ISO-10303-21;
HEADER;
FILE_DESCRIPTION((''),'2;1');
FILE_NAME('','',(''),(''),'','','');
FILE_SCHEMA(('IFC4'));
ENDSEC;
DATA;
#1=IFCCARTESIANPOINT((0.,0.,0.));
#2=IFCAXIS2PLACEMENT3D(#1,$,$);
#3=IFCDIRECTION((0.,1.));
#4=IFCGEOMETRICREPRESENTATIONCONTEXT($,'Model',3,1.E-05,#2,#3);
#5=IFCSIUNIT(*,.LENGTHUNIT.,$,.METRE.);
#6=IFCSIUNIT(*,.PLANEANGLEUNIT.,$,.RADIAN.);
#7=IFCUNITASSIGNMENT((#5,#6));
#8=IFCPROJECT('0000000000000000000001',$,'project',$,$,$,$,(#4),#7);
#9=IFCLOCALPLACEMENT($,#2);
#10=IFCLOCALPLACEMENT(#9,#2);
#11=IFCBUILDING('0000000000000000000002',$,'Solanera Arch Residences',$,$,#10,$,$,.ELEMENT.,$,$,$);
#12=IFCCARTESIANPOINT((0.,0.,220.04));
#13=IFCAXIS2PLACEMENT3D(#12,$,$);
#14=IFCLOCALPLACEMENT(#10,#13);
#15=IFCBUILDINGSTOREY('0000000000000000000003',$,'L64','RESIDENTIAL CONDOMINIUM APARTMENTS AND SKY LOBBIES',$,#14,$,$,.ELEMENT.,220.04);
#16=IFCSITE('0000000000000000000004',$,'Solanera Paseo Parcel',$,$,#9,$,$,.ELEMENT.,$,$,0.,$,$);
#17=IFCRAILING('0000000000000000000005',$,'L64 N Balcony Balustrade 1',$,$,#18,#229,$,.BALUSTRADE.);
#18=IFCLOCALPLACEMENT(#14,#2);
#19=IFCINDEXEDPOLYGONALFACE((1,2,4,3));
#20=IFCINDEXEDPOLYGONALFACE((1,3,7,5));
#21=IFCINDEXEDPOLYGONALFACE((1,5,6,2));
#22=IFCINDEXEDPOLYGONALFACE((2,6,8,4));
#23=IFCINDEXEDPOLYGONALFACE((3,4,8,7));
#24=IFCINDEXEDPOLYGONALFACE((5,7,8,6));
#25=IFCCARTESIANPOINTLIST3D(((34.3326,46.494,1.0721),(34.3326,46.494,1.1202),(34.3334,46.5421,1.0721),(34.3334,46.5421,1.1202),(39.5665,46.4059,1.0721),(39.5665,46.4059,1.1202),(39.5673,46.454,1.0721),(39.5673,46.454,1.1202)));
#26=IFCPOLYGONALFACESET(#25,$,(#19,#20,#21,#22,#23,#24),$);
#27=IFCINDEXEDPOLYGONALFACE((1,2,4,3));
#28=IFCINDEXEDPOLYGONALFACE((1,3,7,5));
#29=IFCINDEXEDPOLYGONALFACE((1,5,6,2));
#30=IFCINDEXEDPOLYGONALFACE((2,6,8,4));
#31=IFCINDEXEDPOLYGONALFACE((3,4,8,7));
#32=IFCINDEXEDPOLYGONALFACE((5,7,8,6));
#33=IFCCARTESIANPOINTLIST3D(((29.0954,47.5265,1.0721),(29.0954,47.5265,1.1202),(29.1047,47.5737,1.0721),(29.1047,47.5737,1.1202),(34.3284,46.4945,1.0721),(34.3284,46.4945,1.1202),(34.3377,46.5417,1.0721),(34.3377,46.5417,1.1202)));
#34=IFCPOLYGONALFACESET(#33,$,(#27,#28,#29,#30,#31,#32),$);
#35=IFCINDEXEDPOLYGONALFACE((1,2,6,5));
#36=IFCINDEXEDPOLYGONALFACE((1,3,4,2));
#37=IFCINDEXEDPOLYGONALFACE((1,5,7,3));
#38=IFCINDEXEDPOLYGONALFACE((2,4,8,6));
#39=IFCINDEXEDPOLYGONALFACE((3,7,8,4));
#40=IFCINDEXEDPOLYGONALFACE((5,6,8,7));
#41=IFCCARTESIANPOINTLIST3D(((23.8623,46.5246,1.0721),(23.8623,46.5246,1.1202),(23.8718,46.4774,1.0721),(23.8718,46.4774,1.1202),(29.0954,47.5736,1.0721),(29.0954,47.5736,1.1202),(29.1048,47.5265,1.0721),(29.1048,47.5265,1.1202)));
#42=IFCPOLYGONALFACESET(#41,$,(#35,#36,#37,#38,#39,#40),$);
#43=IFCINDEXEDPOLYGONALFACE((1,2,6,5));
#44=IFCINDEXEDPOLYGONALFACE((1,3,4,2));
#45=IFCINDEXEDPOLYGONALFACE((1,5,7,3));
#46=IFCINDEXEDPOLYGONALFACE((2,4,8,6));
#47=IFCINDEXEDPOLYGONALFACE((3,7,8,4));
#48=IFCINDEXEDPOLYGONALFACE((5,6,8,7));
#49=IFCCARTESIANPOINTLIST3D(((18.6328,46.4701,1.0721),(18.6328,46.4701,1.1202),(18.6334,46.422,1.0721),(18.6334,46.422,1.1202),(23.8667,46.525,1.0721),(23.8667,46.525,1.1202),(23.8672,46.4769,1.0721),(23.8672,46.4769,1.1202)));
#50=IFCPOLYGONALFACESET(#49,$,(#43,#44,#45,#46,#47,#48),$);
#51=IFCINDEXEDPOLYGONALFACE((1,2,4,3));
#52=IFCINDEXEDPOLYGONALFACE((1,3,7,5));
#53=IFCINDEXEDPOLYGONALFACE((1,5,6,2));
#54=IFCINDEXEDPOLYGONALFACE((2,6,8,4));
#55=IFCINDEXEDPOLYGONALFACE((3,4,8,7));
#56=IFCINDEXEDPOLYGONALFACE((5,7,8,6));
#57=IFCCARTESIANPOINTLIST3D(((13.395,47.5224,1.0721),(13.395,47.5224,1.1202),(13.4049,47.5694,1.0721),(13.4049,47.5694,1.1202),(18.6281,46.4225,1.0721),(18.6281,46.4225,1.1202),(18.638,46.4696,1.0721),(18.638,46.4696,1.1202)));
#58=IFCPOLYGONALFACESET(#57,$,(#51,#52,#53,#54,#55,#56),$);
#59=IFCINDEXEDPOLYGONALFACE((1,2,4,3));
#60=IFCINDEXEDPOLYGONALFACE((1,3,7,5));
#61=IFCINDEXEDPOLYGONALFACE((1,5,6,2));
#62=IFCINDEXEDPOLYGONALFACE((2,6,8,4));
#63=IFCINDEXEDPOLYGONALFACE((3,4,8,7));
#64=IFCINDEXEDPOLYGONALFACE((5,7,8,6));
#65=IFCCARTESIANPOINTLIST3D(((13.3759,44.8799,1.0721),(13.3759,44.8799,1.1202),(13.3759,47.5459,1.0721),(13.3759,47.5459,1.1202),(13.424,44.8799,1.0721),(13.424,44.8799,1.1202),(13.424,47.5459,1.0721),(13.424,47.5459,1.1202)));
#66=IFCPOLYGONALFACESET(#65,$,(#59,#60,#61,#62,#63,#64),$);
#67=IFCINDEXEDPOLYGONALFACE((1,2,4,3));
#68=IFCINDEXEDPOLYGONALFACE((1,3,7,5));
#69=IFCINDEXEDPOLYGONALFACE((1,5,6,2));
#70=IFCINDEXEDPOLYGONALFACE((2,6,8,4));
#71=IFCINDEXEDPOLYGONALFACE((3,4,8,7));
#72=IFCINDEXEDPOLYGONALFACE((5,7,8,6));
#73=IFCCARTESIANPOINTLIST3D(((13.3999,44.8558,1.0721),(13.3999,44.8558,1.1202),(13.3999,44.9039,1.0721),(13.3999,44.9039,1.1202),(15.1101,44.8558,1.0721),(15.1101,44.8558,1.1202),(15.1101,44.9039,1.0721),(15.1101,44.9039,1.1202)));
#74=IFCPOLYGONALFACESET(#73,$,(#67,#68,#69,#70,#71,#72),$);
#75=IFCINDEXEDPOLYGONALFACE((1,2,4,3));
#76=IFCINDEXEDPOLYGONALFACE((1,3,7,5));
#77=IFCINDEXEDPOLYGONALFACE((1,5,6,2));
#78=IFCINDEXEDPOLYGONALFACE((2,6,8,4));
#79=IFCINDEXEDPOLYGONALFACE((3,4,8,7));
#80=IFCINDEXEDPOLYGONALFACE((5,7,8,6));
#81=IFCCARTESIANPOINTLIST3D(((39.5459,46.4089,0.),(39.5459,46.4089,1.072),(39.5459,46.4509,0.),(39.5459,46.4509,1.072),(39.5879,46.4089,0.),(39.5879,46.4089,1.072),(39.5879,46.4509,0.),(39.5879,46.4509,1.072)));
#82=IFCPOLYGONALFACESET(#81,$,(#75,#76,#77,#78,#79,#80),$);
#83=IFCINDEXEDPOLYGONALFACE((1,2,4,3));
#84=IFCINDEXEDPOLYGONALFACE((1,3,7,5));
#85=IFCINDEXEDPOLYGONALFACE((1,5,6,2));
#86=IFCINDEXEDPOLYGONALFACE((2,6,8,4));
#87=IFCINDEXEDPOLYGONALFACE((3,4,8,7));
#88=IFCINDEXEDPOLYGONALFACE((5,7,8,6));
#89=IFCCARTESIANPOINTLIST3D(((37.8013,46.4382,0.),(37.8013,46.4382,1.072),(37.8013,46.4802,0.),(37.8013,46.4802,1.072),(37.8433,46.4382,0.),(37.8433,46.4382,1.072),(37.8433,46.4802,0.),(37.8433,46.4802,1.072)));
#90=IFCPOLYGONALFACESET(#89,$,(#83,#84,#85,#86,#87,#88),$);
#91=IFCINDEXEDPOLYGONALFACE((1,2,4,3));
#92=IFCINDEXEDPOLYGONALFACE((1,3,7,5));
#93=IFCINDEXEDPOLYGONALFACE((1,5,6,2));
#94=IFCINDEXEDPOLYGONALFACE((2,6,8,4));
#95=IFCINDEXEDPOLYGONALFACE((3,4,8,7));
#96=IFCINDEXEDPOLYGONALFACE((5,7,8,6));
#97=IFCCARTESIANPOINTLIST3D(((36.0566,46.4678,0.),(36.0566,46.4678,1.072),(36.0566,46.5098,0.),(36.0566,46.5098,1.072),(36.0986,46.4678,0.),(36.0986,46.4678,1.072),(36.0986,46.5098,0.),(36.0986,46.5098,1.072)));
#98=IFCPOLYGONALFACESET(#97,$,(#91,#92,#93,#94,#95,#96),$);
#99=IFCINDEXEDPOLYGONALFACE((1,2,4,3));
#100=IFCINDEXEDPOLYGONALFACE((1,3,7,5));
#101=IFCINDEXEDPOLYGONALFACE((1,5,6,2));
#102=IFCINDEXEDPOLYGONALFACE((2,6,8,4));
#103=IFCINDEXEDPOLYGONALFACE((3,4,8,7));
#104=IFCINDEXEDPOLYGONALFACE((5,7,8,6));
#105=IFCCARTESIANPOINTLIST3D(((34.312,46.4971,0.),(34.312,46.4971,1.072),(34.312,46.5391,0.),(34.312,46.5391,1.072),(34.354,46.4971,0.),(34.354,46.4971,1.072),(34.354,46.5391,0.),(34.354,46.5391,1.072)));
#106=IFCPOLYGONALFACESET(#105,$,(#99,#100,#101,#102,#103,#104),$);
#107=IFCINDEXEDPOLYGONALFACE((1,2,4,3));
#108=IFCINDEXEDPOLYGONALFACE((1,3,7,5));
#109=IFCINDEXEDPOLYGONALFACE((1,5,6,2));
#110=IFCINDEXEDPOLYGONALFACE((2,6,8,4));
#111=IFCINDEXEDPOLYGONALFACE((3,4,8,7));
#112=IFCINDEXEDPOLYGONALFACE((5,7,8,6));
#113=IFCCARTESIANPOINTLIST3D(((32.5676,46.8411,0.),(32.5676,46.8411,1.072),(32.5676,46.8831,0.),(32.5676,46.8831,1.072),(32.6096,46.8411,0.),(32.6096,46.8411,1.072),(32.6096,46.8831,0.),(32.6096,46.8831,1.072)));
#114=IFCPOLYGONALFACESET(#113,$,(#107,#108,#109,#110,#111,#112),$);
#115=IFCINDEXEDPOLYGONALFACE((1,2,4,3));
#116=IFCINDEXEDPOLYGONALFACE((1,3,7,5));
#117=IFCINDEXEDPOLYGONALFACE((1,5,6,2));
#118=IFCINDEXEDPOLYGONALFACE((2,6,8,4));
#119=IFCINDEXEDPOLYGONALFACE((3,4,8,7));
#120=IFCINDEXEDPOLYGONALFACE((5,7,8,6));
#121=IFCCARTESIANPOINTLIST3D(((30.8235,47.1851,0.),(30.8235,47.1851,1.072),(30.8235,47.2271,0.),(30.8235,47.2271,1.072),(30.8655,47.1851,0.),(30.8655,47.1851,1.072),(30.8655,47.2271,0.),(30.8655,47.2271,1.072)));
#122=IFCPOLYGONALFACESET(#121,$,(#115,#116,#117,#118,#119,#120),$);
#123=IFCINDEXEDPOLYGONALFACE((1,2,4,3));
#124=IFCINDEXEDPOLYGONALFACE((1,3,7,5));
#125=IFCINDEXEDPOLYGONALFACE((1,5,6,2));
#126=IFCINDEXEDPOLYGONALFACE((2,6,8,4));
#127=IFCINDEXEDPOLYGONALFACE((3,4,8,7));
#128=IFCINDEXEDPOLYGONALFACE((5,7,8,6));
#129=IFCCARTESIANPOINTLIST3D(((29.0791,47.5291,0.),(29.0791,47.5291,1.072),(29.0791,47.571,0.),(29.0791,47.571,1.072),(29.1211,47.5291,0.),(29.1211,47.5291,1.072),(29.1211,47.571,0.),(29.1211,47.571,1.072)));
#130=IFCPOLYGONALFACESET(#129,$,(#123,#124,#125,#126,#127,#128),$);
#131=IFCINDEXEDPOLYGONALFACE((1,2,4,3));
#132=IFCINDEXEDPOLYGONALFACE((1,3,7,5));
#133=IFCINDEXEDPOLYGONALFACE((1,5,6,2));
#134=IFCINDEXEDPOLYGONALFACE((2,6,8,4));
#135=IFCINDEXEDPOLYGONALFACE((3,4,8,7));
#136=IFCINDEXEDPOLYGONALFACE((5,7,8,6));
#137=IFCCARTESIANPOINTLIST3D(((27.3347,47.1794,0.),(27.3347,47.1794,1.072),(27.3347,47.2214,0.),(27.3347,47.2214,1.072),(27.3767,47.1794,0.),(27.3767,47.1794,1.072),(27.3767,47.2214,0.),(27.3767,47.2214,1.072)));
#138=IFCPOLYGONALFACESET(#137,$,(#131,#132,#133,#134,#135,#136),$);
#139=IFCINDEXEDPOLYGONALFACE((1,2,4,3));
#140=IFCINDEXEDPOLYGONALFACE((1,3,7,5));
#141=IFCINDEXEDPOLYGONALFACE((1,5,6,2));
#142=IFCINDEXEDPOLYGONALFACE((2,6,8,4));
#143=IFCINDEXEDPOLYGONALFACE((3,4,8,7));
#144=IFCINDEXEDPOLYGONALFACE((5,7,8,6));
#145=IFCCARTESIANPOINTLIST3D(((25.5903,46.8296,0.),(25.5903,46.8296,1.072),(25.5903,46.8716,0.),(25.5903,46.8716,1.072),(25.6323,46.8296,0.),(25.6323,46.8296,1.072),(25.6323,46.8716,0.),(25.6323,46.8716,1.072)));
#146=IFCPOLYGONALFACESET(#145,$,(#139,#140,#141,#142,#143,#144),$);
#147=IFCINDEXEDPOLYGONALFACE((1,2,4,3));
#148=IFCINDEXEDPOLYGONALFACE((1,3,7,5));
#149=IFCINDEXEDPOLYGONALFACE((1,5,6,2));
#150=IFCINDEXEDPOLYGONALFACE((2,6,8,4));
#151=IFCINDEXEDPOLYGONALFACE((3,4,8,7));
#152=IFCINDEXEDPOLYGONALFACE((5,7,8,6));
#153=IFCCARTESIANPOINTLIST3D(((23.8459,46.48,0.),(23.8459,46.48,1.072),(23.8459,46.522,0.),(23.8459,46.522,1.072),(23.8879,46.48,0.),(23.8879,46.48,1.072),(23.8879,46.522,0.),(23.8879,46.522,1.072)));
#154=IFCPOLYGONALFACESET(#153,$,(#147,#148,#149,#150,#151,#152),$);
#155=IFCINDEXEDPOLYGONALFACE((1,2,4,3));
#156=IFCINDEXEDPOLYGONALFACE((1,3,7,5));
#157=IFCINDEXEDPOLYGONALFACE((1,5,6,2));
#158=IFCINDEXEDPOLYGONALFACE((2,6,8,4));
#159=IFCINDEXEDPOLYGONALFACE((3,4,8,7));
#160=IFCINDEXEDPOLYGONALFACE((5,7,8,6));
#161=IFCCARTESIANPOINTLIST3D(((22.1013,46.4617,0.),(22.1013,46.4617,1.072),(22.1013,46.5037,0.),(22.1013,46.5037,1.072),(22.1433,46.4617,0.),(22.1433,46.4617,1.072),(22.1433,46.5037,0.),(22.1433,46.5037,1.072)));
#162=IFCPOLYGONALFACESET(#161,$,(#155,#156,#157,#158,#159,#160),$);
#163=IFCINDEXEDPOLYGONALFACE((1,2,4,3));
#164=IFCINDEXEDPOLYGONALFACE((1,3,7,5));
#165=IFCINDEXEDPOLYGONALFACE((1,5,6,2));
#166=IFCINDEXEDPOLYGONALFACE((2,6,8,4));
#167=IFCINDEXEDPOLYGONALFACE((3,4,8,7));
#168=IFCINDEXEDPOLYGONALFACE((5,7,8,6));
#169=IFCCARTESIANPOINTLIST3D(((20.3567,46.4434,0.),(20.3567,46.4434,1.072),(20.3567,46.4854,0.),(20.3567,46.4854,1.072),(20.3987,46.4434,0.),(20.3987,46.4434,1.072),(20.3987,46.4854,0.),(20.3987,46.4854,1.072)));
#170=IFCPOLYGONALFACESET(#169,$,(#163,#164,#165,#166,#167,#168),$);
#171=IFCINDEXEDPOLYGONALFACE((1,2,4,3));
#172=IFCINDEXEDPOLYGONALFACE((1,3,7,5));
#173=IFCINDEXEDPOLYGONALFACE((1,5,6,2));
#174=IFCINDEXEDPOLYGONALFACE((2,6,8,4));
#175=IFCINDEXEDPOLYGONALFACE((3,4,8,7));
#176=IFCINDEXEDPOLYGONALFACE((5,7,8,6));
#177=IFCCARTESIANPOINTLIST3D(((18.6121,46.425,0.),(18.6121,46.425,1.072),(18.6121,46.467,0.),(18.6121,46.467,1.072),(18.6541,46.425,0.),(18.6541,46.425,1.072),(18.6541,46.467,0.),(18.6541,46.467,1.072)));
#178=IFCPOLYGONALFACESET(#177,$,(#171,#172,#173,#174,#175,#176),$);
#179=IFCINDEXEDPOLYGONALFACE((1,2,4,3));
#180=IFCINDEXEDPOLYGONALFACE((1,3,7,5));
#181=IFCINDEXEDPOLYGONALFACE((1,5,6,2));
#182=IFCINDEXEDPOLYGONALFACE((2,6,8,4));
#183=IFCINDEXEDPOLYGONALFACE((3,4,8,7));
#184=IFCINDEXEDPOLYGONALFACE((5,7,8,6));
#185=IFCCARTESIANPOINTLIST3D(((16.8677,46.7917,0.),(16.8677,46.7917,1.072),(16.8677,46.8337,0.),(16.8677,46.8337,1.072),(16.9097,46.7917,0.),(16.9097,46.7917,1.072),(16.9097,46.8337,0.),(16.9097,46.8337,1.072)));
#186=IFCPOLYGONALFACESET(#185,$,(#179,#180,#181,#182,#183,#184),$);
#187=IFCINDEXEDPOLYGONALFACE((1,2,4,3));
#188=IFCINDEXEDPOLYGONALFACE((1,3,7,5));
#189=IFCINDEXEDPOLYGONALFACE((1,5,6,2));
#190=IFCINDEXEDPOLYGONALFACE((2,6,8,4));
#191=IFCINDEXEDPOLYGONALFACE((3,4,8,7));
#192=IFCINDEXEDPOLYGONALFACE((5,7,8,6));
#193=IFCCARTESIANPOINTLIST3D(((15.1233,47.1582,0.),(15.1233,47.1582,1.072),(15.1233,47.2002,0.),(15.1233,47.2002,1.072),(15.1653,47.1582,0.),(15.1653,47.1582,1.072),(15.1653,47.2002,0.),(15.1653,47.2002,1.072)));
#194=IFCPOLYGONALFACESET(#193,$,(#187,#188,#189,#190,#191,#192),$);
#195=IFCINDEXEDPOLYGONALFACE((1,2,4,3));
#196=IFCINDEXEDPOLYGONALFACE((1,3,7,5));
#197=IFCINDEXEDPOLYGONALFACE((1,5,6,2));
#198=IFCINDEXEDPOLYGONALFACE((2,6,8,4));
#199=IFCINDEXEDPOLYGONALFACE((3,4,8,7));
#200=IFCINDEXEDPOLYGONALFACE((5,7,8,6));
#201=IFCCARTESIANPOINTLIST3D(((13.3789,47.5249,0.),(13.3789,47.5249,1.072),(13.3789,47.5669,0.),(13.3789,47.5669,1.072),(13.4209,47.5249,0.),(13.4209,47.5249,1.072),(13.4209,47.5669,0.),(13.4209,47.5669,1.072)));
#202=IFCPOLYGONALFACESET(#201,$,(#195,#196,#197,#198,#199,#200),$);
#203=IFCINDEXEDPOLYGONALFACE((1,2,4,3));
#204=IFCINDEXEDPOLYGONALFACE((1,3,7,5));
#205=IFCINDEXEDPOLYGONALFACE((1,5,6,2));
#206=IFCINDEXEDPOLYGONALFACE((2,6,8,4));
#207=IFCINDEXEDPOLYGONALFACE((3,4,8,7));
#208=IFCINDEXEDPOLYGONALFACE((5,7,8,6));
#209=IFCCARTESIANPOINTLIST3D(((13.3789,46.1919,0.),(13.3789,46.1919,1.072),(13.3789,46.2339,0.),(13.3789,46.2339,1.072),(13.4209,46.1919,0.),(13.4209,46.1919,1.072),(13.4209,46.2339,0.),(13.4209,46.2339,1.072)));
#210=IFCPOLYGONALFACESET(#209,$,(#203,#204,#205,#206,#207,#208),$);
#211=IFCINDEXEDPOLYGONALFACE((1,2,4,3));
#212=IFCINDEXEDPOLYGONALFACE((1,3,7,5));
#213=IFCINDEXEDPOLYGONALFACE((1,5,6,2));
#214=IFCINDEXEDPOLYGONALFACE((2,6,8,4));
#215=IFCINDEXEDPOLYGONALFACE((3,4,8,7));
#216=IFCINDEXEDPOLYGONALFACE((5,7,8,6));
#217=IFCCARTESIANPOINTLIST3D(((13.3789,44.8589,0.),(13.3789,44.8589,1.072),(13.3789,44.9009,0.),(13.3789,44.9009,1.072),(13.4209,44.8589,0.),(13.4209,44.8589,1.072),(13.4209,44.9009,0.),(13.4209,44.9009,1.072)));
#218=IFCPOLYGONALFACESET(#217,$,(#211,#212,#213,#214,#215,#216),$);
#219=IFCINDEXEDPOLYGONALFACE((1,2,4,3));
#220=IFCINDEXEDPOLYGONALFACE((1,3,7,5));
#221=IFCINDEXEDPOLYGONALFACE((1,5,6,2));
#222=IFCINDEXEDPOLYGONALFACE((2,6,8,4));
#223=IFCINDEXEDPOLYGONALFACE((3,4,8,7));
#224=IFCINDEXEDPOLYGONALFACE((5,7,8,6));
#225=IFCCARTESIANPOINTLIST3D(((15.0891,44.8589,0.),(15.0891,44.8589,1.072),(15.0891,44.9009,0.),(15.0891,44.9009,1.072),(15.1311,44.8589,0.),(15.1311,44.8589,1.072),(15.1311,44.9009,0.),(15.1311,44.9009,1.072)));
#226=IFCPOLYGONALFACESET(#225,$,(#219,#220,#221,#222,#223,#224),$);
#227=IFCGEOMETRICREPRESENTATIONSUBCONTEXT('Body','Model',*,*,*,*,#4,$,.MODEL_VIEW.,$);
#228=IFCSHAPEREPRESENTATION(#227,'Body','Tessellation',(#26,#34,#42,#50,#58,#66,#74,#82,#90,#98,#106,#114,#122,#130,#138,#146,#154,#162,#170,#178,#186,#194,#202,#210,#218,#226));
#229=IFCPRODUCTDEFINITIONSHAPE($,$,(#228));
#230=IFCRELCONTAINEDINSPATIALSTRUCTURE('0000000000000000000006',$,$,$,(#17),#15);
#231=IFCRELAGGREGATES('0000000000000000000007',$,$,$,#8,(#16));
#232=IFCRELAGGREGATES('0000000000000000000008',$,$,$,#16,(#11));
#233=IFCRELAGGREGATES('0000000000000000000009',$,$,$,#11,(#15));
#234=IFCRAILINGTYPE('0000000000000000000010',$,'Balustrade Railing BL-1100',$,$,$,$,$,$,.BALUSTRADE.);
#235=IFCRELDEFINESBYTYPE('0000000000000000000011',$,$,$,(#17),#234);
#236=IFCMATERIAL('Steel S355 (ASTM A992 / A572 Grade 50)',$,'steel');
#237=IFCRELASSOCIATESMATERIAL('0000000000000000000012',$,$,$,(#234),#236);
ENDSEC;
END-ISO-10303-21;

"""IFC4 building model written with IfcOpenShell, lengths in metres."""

from ifc_helpers import new_model, si_unit, direction, frame, origin, origin_2d, place, context, subcontext, project, spatial, rectangle, extrude, material, type_object, element, save


model = new_model("IFC4")

# Units and contexts
model_context = context("Model", 3, precision=1e-05, world=origin(), true_north=direction((0.0, 1.0)))
body_context = subcontext(model_context, "Body", "Model", "MODEL_VIEW")
ifc_project = project(units=[si_unit("LENGTHUNIT", "METRE"), si_unit("PLANEANGLEUNIT", "RADIAN")], contexts=[model_context])

# Site, building, storey
site_placement = place(None, origin())
site = spatial("IfcSite", under=ifc_project, at=site_placement, Name="Solanera Paseo Parcel", CompositionType="ELEMENT", RefElevation=0.0)
building_placement = place(site_placement, origin())
building = spatial("IfcBuilding", under=site, at=building_placement, Name="Solanera Arch Residences", CompositionType="ELEMENT")
storey_placement = place(building_placement, frame((0.0, 0.0, 220.04)))
storey = spatial("IfcBuildingStorey", under=building, at=storey_placement, Name="L64", Description="RESIDENTIAL CONDOMINIUM APARTMENTS AND SKY LOBBIES", CompositionType="ELEMENT", Elevation=220.04)

# Railing
ifc_material_1 = material(Name="Steel S355 (ASTM A992 / A572 Grade 50)", Category="steel")
railing_type = type_object("IfcRailingType", Name="Balustrade Railing BL-1100", PredefinedType="BALUSTRADE", material=ifc_material_1)
railing_placement = place(storey_placement, frame((39.5669, 46.4299, 0.0)))
element("IfcRailing", 1, at=railing_placement, inside=storey, type_object=railing_type, Name="L64 N Balcony Balustrade 1", PredefinedType="BALUSTRADE", context=body_context, shape_type="SweptSolid", body=[
    extrude(rectangle(XDim=0.0481, YDim=0.0481, at=origin_2d()), frame((0.0, 0.0, 1.0962), z_axis=(-0.999858, 0.016837, 0.0), x_axis=(-0.016837, -0.999858, 0.0)), (0.0, 0.0, 1.0), 5.2346),
    extrude(rectangle(XDim=0.0481, YDim=0.0481, at=origin_2d()), frame((-5.2339, 0.0881, 1.0962), z_axis=(-0.981104, 0.193483, 0.0), x_axis=(-0.193483, -0.981104, 0.0)), (0.0, 0.0, 1.0), 5.3337),
    extrude(rectangle(XDim=0.0481, YDim=0.0481, at=origin_2d()), frame((-10.4668, 1.1201, 1.0962), z_axis=(-0.980493, -0.196556, 0.0), x_axis=(0.196556, -0.980493, 0.0)), (0.0, 0.0, 1.0), 5.3372),
    extrude(rectangle(XDim=0.0481, YDim=0.0481, at=origin_2d()), frame((-15.7, 0.071, 1.0962), z_axis=(-0.999945, -0.010495, 0.0), x_axis=(0.010495, -0.999945, 0.0)), (0.0, 0.0, 1.0), 5.2341),
    extrude(rectangle(XDim=0.0481, YDim=0.0481, at=origin_2d()), frame((-20.9338, 0.0161, 1.0962), z_axis=(-0.97862, 0.205677, 0.0), x_axis=(-0.205677, -0.97862, 0.0)), (0.0, 0.0, 1.0), 5.3474),
    extrude(rectangle(XDim=0.0481, YDim=0.0481, at=origin_2d()), frame((-26.167, 1.116, 1.0962), z_axis=(0.0, -1.0, 0.0), x_axis=(1.0, 0.0, 0.0)), (0.0, 0.0, 1.0), 2.666),
    extrude(rectangle(XDim=0.0481, YDim=0.0481, at=origin_2d()), frame((-26.167, -1.55, 1.0962), z_axis=(1.0, 0.0, 0.0), x_axis=(0.0, 1.0, 0.0)), (0.0, 0.0, 1.0), 1.7102),
    extrude(rectangle(XDim=0.042, YDim=0.042, at=origin_2d()), origin(), (0.0, 0.0, 1.0), 1.072),
    extrude(rectangle(XDim=0.042, YDim=0.042, at=origin_2d()), frame((-1.7446, 0.0293, 0.0)), (0.0, 0.0, 1.0), 1.072),
    extrude(rectangle(XDim=0.042, YDim=0.042, at=origin_2d()), frame((-3.4893, 0.0588, 0.0)), (0.0, 0.0, 1.0), 1.072),
    extrude(rectangle(XDim=0.042, YDim=0.042, at=origin_2d()), frame((-5.2339, 0.0881, 0.0)), (0.0, 0.0, 1.0), 1.072),
    extrude(rectangle(XDim=0.042, YDim=0.042, at=origin_2d()), frame((-6.9783, 0.4321, 0.0)), (0.0, 0.0, 1.0), 1.072),
    extrude(rectangle(XDim=0.042, YDim=0.042, at=origin_2d()), frame((-8.7224, 0.7761, 0.0)), (0.0, 0.0, 1.0), 1.072),
    extrude(rectangle(XDim=0.042, YDim=0.042, at=origin_2d()), frame((-10.4668, 1.1201, 0.0)), (0.0, 0.0, 1.0), 1.072),
    extrude(rectangle(XDim=0.042, YDim=0.042, at=origin_2d()), frame((-12.2112, 0.7705, 0.0)), (0.0, 0.0, 1.0), 1.072),
    extrude(rectangle(XDim=0.042, YDim=0.042, at=origin_2d()), frame((-13.9556, 0.4207, 0.0)), (0.0, 0.0, 1.0), 1.072),
    extrude(rectangle(XDim=0.042, YDim=0.042, at=origin_2d()), frame((-15.7, 0.071, 0.0)), (0.0, 0.0, 1.0), 1.072),
    extrude(rectangle(XDim=0.042, YDim=0.042, at=origin_2d()), frame((-17.4446, 0.0527, 0.0)), (0.0, 0.0, 1.0), 1.072),
    extrude(rectangle(XDim=0.042, YDim=0.042, at=origin_2d()), frame((-19.1892, 0.0344, 0.0)), (0.0, 0.0, 1.0), 1.072),
    extrude(rectangle(XDim=0.042, YDim=0.042, at=origin_2d()), frame((-20.9338, 0.0161, 0.0)), (0.0, 0.0, 1.0), 1.072),
    extrude(rectangle(XDim=0.042, YDim=0.042, at=origin_2d()), frame((-22.6782, 0.3828, 0.0)), (0.0, 0.0, 1.0), 1.072),
    extrude(rectangle(XDim=0.042, YDim=0.042, at=origin_2d()), frame((-24.4226, 0.7493, 0.0)), (0.0, 0.0, 1.0), 1.072),
    extrude(rectangle(XDim=0.042, YDim=0.042, at=origin_2d()), frame((-26.167, 1.116, 0.0)), (0.0, 0.0, 1.0), 1.072),
    extrude(rectangle(XDim=0.042, YDim=0.042, at=origin_2d()), frame((-26.167, -0.217, 0.0)), (0.0, 0.0, 1.0), 1.072),
    extrude(rectangle(XDim=0.042, YDim=0.042, at=origin_2d()), frame((-26.167, -1.55, 0.0)), (0.0, 0.0, 1.0), 1.072),
    extrude(rectangle(XDim=0.042, YDim=0.042, at=origin_2d()), frame((-24.4568, -1.55, 0.0)), (0.0, 0.0, 1.0), 1.072),
])

save(model, "model.ifc")
